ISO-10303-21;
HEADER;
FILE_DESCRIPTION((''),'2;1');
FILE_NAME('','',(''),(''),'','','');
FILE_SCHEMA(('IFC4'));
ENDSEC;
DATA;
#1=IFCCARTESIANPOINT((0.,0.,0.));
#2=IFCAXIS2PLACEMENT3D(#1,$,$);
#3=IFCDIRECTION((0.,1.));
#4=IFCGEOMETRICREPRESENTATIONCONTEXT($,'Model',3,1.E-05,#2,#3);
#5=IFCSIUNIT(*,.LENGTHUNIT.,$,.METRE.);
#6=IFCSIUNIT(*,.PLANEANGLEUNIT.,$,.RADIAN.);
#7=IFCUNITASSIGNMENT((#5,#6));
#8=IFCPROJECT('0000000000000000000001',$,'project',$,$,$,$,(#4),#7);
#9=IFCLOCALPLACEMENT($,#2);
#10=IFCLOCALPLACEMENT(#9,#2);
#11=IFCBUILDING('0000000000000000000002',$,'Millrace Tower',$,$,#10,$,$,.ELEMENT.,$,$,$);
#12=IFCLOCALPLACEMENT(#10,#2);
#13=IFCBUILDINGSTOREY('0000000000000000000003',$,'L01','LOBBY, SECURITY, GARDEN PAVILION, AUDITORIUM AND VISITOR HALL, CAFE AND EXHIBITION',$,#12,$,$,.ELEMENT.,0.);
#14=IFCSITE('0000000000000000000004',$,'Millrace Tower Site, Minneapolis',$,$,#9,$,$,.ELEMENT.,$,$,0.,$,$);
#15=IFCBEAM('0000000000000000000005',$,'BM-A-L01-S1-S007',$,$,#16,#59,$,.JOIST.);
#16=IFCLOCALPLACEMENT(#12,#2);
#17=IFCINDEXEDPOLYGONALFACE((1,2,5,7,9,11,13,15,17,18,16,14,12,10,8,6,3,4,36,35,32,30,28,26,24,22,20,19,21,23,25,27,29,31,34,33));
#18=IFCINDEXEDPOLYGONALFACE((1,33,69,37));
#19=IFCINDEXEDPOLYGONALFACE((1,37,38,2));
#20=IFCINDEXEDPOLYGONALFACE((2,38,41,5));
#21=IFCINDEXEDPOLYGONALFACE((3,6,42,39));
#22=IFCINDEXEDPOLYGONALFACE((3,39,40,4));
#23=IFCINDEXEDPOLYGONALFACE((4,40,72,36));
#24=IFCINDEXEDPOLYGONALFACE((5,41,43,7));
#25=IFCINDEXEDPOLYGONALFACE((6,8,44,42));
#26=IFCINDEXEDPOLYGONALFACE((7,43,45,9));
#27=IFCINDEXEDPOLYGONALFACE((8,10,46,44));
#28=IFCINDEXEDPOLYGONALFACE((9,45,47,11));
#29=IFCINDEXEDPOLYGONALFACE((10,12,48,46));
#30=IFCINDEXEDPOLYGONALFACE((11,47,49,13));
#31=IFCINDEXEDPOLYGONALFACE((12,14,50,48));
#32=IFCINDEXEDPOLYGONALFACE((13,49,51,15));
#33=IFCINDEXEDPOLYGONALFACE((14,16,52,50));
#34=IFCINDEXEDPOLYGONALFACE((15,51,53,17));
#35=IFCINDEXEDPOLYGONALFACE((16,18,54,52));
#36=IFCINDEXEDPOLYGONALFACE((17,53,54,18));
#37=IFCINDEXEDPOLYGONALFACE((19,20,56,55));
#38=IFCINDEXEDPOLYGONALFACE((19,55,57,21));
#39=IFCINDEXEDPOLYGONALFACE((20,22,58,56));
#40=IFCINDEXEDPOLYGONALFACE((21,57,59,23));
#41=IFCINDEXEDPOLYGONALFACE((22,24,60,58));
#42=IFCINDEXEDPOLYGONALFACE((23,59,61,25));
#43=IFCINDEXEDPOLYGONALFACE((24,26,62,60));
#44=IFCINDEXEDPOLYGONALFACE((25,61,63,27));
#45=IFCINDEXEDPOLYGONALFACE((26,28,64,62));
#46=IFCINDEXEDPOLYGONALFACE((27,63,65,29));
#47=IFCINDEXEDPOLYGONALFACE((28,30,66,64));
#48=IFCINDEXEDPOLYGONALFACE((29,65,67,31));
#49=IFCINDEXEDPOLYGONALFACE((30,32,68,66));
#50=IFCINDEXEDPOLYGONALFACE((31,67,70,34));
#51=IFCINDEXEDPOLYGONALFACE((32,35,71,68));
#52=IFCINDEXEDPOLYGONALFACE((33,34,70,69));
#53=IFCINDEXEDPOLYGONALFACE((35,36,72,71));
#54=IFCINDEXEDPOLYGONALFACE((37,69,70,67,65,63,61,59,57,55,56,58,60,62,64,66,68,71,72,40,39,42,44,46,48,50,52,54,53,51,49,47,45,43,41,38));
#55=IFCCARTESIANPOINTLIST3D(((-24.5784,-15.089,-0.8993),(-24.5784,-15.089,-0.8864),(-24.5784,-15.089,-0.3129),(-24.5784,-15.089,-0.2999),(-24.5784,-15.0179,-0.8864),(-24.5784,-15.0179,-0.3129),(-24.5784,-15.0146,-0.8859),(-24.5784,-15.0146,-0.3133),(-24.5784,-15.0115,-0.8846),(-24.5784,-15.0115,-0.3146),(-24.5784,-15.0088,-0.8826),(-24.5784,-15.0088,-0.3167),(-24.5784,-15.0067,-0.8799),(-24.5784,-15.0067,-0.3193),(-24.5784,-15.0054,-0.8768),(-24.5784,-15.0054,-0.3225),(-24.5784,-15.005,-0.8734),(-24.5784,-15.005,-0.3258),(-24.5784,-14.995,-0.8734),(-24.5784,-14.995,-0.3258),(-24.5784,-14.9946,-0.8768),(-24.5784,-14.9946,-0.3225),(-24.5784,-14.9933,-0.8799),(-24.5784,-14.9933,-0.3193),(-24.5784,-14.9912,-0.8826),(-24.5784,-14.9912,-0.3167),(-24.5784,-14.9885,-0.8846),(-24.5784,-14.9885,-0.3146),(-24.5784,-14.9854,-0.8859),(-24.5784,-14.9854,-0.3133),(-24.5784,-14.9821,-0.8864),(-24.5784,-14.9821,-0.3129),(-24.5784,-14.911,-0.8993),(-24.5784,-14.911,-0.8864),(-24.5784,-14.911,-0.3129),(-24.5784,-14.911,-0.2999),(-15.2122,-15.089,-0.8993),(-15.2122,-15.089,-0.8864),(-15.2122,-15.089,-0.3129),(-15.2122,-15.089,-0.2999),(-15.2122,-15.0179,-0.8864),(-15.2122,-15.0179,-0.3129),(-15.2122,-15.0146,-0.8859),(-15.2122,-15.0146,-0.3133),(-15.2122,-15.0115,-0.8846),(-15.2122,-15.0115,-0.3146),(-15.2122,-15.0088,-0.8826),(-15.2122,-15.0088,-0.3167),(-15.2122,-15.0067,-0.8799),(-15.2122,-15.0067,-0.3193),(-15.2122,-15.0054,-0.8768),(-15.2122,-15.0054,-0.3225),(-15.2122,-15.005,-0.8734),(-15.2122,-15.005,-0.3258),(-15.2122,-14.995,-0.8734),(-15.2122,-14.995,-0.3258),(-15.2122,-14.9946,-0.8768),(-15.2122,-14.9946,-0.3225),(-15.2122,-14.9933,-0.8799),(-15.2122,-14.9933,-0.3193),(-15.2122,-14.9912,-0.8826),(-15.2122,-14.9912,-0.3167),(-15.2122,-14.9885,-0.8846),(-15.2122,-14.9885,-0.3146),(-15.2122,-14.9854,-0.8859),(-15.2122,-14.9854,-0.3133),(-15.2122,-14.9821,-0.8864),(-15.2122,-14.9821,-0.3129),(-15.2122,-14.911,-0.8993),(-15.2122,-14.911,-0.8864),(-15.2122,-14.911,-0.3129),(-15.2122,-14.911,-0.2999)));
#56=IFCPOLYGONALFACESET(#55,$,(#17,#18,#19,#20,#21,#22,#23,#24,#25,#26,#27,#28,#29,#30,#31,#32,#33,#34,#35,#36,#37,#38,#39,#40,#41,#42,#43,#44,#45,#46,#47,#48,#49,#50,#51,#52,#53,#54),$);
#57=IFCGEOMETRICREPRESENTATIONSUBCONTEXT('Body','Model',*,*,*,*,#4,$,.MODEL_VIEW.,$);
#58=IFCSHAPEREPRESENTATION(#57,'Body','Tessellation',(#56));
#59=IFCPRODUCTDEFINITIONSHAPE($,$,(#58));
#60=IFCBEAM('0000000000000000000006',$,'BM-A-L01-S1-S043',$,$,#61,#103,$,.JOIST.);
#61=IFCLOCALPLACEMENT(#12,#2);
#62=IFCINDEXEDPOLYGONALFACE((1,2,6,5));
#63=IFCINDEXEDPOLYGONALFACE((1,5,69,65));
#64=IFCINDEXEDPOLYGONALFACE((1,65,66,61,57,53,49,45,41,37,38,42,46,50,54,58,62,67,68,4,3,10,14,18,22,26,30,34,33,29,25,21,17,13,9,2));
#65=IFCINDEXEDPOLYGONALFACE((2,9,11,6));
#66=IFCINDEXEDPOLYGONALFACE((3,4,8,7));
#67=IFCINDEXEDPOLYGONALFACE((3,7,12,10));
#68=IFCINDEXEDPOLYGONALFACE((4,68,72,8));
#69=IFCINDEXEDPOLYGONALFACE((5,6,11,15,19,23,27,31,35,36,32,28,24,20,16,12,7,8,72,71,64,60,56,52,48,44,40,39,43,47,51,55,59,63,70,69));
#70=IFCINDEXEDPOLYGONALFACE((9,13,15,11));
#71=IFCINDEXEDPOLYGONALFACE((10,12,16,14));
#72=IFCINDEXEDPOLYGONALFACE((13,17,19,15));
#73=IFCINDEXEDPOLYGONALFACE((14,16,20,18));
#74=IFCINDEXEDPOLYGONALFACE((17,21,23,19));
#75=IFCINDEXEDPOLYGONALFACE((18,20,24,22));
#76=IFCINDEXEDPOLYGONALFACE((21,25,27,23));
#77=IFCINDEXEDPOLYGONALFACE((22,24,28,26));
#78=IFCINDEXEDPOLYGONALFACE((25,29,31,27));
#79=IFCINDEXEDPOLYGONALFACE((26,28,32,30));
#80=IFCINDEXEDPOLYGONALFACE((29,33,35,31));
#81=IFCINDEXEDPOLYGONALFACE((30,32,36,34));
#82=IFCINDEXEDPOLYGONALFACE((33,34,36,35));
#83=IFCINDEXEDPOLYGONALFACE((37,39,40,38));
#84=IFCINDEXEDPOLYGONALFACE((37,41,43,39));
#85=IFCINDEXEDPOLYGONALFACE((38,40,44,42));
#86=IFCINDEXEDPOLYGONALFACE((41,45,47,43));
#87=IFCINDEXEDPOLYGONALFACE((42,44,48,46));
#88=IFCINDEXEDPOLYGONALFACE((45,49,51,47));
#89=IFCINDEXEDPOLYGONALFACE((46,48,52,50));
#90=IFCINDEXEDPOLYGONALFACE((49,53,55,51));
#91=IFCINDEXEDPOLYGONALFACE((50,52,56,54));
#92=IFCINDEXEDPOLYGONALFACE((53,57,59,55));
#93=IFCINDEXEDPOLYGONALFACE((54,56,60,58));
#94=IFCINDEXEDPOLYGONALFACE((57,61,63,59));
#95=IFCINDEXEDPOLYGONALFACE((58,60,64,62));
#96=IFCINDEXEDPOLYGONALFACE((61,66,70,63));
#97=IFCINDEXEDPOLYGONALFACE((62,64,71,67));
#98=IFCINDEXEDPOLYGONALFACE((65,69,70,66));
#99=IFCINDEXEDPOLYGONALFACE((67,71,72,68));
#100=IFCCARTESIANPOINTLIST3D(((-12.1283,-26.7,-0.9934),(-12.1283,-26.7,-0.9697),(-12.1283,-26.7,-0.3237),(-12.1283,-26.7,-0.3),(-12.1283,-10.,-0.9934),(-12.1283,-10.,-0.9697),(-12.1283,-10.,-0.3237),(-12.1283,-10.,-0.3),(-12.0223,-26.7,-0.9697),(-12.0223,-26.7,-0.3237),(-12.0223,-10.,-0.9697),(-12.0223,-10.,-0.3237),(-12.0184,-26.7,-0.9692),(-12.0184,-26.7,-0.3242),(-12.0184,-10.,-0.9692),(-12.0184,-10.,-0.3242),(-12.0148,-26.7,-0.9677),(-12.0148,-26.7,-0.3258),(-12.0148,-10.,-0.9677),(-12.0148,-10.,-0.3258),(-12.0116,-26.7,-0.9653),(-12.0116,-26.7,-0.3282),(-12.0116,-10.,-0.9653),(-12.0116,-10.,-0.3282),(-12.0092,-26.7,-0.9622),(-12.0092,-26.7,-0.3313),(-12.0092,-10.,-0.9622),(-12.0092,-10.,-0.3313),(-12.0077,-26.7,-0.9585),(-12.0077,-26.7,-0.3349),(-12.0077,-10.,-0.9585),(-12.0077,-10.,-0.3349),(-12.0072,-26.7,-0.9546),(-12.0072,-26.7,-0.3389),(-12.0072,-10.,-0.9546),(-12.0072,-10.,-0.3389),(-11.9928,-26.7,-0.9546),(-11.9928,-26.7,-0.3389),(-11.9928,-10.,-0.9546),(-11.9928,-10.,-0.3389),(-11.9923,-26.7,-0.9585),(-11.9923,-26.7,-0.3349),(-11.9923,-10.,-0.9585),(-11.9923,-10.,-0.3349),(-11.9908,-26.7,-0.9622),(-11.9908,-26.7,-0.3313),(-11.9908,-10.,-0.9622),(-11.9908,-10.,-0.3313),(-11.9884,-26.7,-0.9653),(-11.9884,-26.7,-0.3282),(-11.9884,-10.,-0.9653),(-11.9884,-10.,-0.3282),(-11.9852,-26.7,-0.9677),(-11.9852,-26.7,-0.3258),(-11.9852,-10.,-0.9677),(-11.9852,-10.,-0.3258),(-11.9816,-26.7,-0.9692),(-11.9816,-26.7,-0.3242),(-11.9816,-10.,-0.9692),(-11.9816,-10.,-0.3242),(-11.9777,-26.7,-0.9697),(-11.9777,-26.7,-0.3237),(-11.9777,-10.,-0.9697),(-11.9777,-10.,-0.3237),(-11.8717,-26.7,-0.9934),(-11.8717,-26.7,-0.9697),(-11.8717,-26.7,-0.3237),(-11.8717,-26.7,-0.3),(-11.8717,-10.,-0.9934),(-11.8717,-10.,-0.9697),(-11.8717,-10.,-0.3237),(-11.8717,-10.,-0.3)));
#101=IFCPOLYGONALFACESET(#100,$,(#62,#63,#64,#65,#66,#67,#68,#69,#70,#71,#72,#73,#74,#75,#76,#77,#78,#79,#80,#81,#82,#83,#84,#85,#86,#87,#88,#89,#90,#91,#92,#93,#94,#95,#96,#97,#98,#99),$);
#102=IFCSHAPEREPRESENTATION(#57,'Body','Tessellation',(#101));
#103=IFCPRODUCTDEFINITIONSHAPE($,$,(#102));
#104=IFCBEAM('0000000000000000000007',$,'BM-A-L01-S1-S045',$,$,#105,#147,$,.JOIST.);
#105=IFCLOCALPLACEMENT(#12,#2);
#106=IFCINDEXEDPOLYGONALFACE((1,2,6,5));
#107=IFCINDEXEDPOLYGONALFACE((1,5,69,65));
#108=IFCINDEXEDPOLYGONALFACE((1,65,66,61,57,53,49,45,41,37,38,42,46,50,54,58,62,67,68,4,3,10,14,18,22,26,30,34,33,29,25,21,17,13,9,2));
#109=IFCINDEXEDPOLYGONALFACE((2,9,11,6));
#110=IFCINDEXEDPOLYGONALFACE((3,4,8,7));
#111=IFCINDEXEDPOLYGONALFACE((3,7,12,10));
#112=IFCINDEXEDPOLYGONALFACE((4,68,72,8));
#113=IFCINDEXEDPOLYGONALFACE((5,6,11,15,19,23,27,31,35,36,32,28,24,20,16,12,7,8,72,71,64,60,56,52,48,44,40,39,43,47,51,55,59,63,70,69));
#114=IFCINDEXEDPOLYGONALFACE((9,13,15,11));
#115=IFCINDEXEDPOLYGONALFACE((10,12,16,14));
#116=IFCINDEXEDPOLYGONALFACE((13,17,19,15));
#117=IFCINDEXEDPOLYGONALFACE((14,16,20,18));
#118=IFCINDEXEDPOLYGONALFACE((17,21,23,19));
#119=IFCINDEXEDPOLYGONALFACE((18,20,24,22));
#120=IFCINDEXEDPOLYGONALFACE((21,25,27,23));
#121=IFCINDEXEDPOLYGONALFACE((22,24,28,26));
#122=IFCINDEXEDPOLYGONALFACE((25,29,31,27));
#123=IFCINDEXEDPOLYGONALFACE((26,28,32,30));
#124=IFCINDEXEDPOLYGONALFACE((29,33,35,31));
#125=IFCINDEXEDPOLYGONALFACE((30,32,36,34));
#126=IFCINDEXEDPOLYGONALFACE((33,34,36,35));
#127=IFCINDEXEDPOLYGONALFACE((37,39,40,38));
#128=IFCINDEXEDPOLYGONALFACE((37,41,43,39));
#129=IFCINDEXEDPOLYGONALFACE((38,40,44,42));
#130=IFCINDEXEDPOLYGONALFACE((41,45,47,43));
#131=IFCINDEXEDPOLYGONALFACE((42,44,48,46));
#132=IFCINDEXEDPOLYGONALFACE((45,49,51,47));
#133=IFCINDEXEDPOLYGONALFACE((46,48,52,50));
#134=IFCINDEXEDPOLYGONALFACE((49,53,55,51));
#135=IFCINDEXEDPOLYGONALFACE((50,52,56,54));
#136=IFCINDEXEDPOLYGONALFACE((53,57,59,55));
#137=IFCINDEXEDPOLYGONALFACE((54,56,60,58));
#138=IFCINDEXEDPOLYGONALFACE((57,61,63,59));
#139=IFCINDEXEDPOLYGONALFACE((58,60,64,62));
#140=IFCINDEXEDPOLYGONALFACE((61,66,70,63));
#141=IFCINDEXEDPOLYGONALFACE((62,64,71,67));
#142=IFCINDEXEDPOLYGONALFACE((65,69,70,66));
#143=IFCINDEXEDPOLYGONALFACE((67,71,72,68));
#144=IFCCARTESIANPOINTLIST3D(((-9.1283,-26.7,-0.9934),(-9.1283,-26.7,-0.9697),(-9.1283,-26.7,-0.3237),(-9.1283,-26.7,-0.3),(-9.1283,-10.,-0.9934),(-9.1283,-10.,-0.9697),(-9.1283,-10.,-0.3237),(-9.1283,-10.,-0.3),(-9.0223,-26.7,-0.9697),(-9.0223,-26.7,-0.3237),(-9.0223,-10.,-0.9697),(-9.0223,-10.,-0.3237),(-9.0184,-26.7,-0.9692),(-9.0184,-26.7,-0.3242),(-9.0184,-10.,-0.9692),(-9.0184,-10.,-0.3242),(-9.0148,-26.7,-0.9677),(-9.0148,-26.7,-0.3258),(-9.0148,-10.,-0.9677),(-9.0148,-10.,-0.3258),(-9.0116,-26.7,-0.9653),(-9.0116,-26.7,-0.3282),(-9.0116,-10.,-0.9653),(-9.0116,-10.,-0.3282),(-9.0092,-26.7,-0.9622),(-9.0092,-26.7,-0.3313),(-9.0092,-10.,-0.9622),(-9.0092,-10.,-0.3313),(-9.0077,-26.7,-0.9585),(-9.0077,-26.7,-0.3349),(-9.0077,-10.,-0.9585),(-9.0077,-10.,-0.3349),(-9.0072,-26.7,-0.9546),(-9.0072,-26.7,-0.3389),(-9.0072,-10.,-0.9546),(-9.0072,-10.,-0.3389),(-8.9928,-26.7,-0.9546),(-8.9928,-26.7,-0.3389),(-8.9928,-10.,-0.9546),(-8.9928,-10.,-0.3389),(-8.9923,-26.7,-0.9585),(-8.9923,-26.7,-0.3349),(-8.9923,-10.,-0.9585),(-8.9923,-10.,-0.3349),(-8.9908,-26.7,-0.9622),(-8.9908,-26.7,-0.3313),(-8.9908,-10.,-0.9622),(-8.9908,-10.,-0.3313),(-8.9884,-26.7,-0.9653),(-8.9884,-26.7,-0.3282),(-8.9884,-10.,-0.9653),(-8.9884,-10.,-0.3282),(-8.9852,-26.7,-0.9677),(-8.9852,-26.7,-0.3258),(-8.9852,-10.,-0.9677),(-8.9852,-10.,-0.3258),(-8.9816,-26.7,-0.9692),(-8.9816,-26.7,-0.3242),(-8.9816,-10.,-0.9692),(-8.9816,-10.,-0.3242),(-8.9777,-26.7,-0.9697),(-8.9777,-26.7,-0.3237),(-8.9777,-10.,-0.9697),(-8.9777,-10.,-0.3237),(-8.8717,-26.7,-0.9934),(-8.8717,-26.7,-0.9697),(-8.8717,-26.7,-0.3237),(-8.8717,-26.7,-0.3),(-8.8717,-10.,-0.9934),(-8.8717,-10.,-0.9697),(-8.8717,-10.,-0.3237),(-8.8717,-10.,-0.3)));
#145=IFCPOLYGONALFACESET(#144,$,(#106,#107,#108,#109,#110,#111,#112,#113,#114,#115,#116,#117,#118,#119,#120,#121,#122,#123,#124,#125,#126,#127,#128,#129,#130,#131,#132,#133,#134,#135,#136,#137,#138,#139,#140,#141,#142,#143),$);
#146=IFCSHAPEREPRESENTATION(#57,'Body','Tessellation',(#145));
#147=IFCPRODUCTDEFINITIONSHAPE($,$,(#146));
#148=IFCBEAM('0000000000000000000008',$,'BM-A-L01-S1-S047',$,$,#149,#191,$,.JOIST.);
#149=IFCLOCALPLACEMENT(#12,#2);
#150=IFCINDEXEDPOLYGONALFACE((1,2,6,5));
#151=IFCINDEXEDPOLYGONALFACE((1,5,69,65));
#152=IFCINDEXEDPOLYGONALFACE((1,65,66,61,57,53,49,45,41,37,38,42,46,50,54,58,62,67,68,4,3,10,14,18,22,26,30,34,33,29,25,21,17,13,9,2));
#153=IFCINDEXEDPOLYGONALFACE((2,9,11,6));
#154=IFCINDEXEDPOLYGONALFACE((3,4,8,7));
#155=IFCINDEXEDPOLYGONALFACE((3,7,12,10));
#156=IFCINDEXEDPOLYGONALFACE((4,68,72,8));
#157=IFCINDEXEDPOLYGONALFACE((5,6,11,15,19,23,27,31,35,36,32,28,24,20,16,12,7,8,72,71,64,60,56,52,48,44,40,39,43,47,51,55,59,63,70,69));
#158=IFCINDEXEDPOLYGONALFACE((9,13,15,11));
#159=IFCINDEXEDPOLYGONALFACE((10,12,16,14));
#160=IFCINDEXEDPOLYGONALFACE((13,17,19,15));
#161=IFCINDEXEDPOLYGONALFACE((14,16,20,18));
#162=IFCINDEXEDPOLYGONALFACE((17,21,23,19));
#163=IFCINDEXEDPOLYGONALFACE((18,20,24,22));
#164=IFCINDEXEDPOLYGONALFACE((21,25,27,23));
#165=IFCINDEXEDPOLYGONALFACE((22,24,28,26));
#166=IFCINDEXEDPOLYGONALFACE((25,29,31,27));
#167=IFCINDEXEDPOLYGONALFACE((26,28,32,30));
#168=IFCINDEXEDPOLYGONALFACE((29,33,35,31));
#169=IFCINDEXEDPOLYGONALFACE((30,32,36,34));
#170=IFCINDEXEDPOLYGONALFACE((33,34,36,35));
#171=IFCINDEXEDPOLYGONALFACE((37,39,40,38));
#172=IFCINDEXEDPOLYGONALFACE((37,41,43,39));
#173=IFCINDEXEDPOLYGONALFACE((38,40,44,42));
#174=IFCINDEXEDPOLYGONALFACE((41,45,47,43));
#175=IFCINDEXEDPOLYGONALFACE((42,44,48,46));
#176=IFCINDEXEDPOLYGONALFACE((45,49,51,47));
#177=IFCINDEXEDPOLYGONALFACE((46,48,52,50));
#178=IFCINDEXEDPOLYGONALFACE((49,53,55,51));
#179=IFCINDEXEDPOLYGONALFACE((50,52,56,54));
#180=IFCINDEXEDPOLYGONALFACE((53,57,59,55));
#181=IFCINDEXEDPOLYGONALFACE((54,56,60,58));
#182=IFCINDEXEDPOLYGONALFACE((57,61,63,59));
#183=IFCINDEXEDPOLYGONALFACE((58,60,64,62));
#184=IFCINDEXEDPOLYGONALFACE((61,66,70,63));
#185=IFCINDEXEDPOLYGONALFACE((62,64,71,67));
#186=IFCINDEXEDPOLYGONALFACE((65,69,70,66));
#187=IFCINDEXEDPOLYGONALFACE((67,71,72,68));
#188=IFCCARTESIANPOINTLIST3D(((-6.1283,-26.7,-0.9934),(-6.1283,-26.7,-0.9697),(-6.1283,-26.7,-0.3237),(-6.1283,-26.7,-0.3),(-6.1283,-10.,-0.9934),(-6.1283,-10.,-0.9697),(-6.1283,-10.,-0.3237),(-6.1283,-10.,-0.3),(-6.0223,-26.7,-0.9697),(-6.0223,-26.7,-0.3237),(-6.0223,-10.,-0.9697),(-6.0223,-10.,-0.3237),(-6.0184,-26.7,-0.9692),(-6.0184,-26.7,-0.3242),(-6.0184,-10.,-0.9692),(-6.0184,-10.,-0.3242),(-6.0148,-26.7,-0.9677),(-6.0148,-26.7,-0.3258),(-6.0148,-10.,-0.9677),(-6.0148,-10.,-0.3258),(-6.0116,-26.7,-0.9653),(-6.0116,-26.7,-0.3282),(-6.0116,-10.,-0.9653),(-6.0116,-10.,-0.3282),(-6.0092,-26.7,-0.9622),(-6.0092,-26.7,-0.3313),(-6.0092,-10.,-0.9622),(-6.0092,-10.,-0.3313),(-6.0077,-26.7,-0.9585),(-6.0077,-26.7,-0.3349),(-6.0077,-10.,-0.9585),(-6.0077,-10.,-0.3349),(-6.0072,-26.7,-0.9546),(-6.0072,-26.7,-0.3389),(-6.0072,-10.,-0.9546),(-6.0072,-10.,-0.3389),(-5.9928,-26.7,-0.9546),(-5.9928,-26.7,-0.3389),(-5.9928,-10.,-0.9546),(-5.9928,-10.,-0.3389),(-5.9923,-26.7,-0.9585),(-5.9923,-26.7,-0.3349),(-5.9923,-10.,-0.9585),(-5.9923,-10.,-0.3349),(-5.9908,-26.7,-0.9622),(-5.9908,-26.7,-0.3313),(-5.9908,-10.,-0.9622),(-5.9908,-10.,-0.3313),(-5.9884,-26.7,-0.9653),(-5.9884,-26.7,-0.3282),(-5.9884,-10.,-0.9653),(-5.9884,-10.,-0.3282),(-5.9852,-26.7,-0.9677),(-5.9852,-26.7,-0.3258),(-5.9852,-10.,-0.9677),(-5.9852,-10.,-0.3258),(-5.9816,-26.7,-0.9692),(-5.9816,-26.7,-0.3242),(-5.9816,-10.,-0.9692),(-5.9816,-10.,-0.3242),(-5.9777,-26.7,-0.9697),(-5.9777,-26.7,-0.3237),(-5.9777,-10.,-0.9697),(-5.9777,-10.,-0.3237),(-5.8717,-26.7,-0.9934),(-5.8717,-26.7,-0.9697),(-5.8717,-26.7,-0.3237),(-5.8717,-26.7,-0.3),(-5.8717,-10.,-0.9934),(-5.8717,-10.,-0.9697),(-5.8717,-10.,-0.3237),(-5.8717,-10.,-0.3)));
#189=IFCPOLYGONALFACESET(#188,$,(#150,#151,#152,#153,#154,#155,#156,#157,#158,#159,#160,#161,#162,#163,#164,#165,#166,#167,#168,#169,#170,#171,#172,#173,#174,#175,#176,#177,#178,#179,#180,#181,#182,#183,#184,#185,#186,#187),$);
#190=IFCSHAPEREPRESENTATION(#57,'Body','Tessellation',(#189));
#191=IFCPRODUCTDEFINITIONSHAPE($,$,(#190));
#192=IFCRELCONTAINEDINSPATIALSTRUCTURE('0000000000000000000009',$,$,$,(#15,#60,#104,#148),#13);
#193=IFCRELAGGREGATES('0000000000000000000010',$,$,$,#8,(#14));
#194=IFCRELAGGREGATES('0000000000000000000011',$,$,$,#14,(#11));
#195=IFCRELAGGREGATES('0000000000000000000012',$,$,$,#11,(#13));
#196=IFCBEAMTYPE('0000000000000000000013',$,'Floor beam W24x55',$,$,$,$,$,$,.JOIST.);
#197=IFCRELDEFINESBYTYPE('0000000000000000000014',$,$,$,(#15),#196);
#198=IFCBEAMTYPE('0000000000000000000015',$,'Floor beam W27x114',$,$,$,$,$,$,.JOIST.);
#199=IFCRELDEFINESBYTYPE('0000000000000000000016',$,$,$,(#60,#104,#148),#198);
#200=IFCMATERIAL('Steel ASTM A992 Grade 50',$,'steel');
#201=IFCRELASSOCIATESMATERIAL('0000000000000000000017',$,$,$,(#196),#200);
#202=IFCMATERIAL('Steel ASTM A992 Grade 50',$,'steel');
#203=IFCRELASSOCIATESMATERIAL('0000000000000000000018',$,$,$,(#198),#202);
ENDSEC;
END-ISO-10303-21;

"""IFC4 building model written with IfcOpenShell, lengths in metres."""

from ifc_helpers import new_model, si_unit, direction, frame, origin, origin_2d, place, context, subcontext, project, spatial, i_section, extrude, material, material_profile, profile_set, type_object, element, save


model = new_model("IFC4")

# Units and contexts
model_context = context("Model", 3, precision=1e-05, world=origin(), true_north=direction((0.0, 1.0)))
body_context = subcontext(model_context, "Body", "Model", "MODEL_VIEW")
ifc_project = project(units=[si_unit("LENGTHUNIT", "METRE"), si_unit("PLANEANGLEUNIT", "RADIAN")], contexts=[model_context])

# Site, building, storey
site_placement = place(None, origin())
site = spatial("IfcSite", under=ifc_project, at=site_placement, Name="Millrace Tower Site, Minneapolis", CompositionType="ELEMENT", RefElevation=0.0)
building_placement = place(site_placement, origin())
building = spatial("IfcBuilding", under=site, at=building_placement, Name="Millrace Tower", CompositionType="ELEMENT")
storey_placement = place(building_placement, origin())
storey = spatial("IfcBuildingStorey", under=building, at=storey_placement, Name="L01", Description="LOBBY, SECURITY, GARDEN PAVILION, AUDITORIUM AND VISITOR HALL, CAFE AND EXHIBITION", CompositionType="ELEMENT", Elevation=0.0)

# Beams
ifc_material_1 = material(Name="Steel ASTM A992 Grade 50", Category="steel")
ifc_material_profile_1 = material_profile(ifc_material_1, i_section(OverallWidth=0.178, OverallDepth=0.5994, WebThickness=0.01, FlangeThickness=0.0129, FilletRadius=0.0129, at=origin_2d()))
ifc_profile_set_1 = profile_set([ifc_material_profile_1], Name="Steel ASTM A992 Grade 50")
beam_type_1 = type_object("IfcBeamType", Name="Floor beam W24x55", PredefinedType="JOIST", material=ifc_profile_set_1)
for number, where, z_axis, x_axis, name in (
    (1, (-24.5784, -15.0, -0.5996), (1.0, 0.0, 0.0), (0.0, 1.0, 0.0), "BM-A-L01-S1-S007"),
):
    element("IfcBeam", number, at=place(storey_placement, frame(where, z_axis=z_axis, x_axis=x_axis)), inside=storey, type_object=beam_type_1, Name=name, PredefinedType="JOIST", context=body_context, shape_type="SweptSolid", body=[
        extrude(i_section(OverallWidth=0.178, OverallDepth=0.5994, WebThickness=0.01, FlangeThickness=0.0129, FilletRadius=0.0129, at=origin_2d()), origin(), (0.0, 0.0, 1.0), 9.3662),
    ])
ifc_material_2 = material(Name="Steel ASTM A992 Grade 50", Category="steel")
ifc_material_profile_2 = material_profile(ifc_material_2, i_section(OverallWidth=0.2566, OverallDepth=0.6934, WebThickness=0.0144, FlangeThickness=0.0237, FilletRadius=0.0151, at=origin_2d()))
ifc_profile_set_2 = profile_set([ifc_material_profile_2], Name="Steel ASTM A992 Grade 50")
beam_type_2 = type_object("IfcBeamType", Name="Floor beam W27x114", PredefinedType="JOIST", material=ifc_profile_set_2)
for number, where, z_axis, x_axis, name in (
    (2, (-12.0, -26.7, -0.6467), (0.0, 1.0, 0.0), (-1.0, 0.0, 0.0), "BM-A-L01-S1-S043"),
    (3, (-9.0, -26.7, -0.6467), (0.0, 1.0, 0.0), (-1.0, 0.0, 0.0), "BM-A-L01-S1-S045"),
    (4, (-6.0, -26.7, -0.6467), (0.0, 1.0, 0.0), (-1.0, 0.0, 0.0), "BM-A-L01-S1-S047"),
):
    element("IfcBeam", number, at=place(storey_placement, frame(where, z_axis=z_axis, x_axis=x_axis)), inside=storey, type_object=beam_type_2, Name=name, PredefinedType="JOIST", context=body_context, shape_type="SweptSolid", body=[
        extrude(i_section(OverallWidth=0.2566, OverallDepth=0.6934, WebThickness=0.0144, FlangeThickness=0.0237, FilletRadius=0.0151, at=origin_2d()), origin(), (0.0, 0.0, 1.0), 16.7),
    ])

save(model, "model.ifc")
